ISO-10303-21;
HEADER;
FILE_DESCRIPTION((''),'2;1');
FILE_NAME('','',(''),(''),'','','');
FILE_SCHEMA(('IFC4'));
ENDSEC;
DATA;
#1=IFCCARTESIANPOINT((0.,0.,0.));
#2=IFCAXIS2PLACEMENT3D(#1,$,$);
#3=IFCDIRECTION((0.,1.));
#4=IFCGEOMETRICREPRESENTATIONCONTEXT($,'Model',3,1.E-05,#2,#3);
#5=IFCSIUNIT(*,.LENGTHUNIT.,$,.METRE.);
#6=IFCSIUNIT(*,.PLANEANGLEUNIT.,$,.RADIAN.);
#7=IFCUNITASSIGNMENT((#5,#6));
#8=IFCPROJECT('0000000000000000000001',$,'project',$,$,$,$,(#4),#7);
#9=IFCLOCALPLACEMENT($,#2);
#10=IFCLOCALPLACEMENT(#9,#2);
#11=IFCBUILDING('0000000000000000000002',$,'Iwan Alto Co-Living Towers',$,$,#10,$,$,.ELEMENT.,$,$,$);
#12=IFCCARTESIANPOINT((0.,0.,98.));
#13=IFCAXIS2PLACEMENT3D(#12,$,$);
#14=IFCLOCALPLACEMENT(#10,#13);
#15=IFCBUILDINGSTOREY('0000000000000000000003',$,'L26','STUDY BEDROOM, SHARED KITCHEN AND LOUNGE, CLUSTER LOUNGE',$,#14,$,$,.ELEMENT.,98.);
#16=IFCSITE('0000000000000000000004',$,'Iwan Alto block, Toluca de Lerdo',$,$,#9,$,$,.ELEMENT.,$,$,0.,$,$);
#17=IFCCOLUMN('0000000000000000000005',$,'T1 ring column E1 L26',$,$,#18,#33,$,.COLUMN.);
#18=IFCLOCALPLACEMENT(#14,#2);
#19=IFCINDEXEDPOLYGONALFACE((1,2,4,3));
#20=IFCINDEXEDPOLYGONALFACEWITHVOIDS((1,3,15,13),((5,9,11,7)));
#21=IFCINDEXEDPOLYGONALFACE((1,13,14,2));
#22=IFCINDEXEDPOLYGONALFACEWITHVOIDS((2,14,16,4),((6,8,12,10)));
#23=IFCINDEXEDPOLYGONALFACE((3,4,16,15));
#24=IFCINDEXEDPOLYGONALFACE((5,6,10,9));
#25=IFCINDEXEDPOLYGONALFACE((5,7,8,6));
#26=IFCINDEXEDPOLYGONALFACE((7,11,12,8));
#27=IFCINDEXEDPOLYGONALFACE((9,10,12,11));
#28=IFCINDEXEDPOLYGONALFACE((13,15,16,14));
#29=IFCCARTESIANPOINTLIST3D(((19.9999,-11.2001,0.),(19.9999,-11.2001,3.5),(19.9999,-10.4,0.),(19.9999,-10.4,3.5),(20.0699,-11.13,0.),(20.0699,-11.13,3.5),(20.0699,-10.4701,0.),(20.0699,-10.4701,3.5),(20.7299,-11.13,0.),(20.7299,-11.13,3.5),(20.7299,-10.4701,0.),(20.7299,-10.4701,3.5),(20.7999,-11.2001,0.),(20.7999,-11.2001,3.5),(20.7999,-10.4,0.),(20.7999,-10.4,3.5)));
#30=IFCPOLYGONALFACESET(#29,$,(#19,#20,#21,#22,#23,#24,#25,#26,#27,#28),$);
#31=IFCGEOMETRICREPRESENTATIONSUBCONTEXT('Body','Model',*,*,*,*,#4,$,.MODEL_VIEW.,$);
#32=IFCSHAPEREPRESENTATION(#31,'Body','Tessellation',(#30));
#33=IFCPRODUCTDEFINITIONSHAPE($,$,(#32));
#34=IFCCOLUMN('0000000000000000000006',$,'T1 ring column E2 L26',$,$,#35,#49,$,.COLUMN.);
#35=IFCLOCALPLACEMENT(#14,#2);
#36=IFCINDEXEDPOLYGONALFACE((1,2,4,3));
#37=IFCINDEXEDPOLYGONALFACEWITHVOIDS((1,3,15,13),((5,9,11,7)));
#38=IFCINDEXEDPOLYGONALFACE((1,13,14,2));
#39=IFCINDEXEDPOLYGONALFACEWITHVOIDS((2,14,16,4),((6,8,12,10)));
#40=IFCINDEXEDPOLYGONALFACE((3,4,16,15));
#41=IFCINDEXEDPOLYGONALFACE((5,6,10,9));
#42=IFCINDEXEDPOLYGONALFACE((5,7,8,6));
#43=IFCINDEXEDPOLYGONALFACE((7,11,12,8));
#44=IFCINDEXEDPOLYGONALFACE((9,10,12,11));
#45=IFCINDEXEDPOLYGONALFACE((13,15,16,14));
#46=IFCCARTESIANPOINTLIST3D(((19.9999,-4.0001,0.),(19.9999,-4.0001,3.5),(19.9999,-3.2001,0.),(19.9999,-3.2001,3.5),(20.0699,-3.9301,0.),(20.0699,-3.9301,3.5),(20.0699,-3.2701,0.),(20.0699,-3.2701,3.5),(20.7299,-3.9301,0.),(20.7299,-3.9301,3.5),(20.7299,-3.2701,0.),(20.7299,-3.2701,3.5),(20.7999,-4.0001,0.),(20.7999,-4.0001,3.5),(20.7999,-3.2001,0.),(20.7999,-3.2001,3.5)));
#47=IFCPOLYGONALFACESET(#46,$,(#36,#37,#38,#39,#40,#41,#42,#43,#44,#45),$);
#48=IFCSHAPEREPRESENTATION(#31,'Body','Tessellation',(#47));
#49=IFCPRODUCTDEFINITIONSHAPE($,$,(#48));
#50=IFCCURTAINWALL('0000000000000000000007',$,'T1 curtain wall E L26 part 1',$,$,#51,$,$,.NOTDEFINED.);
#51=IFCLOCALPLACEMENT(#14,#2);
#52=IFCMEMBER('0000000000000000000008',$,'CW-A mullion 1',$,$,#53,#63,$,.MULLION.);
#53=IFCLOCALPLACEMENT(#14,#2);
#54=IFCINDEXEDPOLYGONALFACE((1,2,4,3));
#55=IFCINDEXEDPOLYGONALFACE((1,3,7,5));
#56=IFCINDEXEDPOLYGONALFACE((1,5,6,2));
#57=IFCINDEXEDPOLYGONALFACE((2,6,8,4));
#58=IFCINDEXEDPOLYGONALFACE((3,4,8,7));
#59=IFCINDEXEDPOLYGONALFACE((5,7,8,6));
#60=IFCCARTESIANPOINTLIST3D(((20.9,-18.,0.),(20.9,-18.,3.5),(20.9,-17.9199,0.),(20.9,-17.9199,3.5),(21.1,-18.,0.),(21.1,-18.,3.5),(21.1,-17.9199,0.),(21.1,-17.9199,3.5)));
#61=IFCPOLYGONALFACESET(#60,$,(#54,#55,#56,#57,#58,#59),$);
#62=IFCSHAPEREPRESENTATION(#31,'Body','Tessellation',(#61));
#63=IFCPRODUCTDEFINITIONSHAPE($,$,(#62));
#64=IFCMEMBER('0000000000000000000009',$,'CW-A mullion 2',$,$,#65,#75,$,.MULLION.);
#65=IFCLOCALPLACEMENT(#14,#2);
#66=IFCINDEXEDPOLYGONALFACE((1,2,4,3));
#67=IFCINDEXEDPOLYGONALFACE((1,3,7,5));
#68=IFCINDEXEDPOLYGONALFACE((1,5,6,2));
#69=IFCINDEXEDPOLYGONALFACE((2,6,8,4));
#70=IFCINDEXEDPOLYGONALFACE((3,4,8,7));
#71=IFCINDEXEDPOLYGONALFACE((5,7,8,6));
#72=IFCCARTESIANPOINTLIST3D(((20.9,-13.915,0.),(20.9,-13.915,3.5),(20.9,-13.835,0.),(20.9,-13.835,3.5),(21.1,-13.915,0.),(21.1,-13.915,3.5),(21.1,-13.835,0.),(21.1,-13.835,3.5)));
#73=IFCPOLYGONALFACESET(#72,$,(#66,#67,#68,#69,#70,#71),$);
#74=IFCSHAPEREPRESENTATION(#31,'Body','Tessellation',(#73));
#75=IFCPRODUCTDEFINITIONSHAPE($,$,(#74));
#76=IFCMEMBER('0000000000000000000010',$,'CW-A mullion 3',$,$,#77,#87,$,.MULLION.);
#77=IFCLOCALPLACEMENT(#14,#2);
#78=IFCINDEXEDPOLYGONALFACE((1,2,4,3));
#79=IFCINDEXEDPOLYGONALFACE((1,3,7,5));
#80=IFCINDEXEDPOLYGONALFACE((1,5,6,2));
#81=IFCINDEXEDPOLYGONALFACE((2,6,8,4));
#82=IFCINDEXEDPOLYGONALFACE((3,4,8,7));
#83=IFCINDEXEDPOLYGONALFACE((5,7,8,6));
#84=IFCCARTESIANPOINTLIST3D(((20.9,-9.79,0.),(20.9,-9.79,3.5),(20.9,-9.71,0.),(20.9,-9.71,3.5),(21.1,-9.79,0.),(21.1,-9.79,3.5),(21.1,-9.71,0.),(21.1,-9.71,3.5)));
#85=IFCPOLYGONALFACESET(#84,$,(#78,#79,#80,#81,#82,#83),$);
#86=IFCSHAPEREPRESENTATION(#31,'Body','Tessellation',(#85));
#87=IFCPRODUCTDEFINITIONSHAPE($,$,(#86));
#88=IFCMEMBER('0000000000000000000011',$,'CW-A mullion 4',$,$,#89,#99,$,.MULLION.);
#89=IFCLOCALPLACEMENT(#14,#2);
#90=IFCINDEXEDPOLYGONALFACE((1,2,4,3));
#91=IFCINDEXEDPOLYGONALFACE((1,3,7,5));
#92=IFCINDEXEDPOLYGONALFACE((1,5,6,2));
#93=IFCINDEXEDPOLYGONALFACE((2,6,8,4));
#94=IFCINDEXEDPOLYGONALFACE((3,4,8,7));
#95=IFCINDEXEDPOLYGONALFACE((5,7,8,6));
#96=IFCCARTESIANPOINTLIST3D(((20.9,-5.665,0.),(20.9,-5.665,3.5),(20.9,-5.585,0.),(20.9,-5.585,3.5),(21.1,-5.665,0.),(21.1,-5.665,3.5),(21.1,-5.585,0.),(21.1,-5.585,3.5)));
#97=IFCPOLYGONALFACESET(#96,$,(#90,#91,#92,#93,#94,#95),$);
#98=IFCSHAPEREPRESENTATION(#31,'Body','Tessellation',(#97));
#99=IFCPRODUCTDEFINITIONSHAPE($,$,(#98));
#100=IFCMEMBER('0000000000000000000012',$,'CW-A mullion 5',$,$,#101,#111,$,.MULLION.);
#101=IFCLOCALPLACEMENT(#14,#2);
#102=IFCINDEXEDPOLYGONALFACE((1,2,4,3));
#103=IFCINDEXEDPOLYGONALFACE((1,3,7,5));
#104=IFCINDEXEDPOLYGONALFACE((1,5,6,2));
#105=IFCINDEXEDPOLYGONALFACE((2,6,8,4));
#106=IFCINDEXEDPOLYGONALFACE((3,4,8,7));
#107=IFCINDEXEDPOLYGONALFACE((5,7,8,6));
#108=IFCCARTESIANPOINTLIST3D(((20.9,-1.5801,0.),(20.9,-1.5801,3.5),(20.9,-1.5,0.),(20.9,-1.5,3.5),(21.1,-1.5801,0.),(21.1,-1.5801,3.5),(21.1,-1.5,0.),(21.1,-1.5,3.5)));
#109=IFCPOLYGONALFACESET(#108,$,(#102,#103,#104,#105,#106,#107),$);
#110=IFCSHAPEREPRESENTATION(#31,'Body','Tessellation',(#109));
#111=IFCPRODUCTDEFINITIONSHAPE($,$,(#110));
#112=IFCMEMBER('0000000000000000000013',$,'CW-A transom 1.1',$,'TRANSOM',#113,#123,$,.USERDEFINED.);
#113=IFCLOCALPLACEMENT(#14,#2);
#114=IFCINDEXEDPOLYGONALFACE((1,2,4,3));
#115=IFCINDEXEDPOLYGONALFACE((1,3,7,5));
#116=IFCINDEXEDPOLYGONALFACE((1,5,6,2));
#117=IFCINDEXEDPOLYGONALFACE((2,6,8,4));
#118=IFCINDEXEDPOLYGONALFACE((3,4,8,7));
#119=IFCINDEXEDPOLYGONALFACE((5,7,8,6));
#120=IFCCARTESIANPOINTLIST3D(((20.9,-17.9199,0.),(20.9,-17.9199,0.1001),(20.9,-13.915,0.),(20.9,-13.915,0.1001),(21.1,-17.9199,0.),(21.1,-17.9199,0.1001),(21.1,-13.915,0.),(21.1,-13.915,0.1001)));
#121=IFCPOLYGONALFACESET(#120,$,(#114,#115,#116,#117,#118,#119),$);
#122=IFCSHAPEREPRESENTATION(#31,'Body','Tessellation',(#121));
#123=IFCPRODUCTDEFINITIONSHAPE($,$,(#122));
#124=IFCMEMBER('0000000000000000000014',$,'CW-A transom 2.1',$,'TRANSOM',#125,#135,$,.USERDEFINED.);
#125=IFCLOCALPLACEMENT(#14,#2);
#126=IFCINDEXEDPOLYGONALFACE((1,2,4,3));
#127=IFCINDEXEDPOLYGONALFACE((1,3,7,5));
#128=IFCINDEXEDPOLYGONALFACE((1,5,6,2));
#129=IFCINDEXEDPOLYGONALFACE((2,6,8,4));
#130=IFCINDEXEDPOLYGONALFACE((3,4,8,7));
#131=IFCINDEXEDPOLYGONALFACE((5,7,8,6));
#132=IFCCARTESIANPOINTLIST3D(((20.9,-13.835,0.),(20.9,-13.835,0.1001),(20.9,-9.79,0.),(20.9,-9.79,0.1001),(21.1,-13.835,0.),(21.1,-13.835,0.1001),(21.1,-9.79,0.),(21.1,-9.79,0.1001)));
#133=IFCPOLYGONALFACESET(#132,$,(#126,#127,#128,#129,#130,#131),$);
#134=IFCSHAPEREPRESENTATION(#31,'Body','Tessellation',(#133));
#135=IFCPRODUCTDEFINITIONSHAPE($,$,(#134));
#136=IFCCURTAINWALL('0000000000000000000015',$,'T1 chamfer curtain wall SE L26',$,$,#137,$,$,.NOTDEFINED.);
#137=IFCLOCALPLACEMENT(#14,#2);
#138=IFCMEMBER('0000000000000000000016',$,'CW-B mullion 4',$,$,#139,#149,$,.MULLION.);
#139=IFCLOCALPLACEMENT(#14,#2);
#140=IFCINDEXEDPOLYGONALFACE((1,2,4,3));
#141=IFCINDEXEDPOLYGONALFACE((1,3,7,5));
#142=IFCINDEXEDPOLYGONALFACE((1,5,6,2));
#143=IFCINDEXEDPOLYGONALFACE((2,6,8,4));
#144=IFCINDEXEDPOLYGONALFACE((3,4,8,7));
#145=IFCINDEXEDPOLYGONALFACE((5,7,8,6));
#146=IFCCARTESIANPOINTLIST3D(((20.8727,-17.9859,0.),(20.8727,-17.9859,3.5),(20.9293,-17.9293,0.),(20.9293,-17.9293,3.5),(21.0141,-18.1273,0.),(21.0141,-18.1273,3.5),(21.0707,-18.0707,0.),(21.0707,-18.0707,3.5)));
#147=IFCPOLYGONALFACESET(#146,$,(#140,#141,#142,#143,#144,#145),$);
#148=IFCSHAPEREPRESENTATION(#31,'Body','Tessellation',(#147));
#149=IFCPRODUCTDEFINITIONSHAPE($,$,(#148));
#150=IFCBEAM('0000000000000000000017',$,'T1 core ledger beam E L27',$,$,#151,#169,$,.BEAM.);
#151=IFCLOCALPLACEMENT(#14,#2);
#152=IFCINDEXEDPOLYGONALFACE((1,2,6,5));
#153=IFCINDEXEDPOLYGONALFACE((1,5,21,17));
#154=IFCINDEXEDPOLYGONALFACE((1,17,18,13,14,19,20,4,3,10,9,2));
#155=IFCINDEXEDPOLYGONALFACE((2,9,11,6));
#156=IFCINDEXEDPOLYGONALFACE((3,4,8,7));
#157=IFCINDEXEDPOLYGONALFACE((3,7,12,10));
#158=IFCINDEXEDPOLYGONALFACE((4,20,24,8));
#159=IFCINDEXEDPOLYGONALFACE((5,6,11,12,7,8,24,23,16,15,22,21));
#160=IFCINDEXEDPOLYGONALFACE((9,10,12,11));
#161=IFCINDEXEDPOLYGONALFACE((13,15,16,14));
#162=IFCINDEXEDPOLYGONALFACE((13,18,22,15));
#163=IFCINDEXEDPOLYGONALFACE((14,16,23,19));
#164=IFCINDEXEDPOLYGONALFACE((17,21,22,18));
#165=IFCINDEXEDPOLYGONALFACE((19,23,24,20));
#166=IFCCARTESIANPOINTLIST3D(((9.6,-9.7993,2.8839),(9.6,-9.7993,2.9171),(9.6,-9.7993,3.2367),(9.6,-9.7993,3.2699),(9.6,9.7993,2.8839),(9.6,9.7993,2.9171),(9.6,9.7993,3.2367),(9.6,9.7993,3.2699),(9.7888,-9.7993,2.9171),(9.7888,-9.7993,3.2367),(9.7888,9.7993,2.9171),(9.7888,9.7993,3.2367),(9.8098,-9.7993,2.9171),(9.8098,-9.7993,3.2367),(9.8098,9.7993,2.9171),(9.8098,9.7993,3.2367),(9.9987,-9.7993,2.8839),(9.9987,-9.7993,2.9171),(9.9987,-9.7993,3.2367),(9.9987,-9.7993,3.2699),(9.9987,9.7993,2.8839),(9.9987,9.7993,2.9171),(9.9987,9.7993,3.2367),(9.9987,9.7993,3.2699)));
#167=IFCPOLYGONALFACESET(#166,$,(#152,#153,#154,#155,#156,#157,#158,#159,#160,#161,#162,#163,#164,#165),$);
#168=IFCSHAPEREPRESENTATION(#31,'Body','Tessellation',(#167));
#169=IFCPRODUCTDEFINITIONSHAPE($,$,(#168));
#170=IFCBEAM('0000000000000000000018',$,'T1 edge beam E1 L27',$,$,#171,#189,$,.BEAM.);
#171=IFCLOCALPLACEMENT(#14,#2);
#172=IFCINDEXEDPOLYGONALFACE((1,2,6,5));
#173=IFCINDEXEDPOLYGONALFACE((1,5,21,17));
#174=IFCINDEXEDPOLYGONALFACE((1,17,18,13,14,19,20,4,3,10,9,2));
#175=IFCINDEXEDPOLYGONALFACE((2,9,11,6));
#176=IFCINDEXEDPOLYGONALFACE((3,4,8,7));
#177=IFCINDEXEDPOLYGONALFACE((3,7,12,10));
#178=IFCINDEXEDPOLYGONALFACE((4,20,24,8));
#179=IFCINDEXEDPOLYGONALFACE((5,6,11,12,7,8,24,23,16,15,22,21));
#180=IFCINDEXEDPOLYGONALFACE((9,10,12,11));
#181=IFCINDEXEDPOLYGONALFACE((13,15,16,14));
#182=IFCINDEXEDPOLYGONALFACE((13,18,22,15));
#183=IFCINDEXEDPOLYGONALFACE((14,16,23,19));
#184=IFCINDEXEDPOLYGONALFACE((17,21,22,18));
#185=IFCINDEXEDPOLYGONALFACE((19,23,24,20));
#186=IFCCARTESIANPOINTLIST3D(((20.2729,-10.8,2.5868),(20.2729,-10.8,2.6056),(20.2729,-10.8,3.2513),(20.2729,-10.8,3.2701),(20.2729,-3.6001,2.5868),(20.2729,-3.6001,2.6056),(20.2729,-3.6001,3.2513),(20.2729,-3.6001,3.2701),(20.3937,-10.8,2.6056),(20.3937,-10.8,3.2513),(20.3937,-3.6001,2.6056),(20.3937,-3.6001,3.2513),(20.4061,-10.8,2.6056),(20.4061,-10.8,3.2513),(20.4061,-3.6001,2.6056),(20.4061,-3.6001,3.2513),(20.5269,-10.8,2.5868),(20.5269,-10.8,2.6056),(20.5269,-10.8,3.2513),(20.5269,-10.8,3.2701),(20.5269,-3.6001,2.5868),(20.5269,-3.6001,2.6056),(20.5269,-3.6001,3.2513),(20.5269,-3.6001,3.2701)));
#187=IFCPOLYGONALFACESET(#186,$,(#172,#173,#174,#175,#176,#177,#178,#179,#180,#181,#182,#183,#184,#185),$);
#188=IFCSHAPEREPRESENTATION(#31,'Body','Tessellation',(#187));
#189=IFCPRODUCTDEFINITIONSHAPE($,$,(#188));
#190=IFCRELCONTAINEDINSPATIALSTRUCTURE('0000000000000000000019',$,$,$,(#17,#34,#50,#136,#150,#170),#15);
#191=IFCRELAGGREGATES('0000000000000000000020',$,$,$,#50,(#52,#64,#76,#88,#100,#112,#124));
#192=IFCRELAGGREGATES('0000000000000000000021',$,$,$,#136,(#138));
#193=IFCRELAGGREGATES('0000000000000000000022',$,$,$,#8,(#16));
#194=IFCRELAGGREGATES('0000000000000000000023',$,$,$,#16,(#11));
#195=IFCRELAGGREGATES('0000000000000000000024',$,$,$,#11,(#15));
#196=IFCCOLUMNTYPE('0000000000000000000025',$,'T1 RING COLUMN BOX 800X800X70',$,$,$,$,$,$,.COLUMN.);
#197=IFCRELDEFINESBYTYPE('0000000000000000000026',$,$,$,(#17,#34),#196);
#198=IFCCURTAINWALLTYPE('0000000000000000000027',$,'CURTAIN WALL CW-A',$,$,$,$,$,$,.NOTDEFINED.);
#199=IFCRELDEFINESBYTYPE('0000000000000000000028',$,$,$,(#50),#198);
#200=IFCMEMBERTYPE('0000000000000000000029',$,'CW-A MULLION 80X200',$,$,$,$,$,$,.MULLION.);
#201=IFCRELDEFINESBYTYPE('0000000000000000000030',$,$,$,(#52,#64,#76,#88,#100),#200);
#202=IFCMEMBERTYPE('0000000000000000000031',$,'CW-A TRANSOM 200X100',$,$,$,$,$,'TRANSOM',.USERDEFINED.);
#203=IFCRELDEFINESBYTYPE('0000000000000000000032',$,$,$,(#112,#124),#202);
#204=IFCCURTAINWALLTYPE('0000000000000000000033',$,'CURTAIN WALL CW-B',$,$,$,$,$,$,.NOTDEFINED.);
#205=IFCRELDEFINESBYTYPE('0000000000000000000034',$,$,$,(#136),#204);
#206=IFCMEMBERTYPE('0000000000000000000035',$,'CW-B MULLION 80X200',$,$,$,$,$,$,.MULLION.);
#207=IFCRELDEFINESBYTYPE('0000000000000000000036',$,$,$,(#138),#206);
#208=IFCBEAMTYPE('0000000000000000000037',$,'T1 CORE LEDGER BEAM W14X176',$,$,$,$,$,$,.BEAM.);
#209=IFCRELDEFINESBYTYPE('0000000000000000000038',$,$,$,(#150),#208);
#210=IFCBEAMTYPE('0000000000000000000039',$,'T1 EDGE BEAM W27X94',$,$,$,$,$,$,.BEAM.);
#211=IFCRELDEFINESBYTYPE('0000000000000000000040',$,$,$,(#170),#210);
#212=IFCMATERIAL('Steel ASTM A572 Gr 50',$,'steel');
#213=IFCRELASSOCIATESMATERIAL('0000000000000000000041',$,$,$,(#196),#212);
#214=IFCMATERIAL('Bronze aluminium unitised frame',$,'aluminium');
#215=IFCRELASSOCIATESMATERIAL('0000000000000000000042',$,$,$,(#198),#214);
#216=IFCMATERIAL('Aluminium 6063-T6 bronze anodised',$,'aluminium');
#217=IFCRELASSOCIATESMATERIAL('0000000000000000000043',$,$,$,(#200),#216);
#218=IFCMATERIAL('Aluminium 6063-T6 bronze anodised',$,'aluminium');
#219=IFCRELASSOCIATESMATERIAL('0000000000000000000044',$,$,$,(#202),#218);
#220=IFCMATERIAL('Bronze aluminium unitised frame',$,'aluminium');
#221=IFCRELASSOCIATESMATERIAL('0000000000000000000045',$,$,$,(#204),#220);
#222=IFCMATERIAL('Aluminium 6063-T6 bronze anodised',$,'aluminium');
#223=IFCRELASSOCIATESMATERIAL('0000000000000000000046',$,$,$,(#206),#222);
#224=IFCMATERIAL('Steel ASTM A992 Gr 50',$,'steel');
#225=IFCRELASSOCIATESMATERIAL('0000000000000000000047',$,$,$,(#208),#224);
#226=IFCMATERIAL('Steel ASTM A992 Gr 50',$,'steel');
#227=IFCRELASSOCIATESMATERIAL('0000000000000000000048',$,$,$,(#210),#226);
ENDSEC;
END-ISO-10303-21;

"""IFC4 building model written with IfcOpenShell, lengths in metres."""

from ifc_helpers import new_model, si_unit, direction, frame, origin, origin_2d, place, context, subcontext, project, spatial, rectangle, hollow_rectangle, i_section, extrude, material, material_profile, profile_set, type_object, element, aggregate, save


model = new_model("IFC4")

# Units and contexts
model_context = context("Model", 3, precision=1e-05, world=origin(), true_north=direction((0.0, 1.0)))
body_context = subcontext(model_context, "Body", "Model", "MODEL_VIEW")
ifc_project = project(units=[si_unit("LENGTHUNIT", "METRE"), si_unit("PLANEANGLEUNIT", "RADIAN")], contexts=[model_context])

# Site, building, storey
site_placement = place(None, origin())
site = spatial("IfcSite", under=ifc_project, at=site_placement, Name="Iwan Alto block, Toluca de Lerdo", CompositionType="ELEMENT", RefElevation=0.0)
building_placement = place(site_placement, origin())
building = spatial("IfcBuilding", under=site, at=building_placement, Name="Iwan Alto Co-Living Towers", CompositionType="ELEMENT")
storey_placement = place(building_placement, frame((0.0, 0.0, 98.0)))
storey = spatial("IfcBuildingStorey", under=building, at=storey_placement, Name="L26", Description="STUDY BEDROOM, SHARED KITCHEN AND LOUNGE, CLUSTER LOUNGE", CompositionType="ELEMENT", Elevation=98.0)

# Columns
ifc_material_1 = material(Name="Steel ASTM A572 Gr 50", Category="steel")
ifc_material_profile_1 = material_profile(ifc_material_1, hollow_rectangle(XDim=0.8, YDim=0.8, WallThickness=0.0701, at=origin_2d()), Name="BOX 800X800X70")
ifc_profile_set_1 = profile_set([ifc_material_profile_1], Name="Steel ASTM A572 Gr 50")
column_type = type_object("IfcColumnType", Name="T1 RING COLUMN BOX 800X800X70", PredefinedType="COLUMN", material=ifc_profile_set_1)
for number, where, z_axis, x_axis, name in (
    (1, (20.3999, -10.8, 0.0), (0.0, 0.0, 1.0), (1.0, 0.0, 0.0), "T1 ring column E1 L26"),
    (2, (20.3999, -3.6001, 0.0), (0.0, 0.0, 1.0), (1.0, 0.0, 0.0), "T1 ring column E2 L26"),
):
    element("IfcColumn", number, at=place(storey_placement, frame(where, z_axis=z_axis, x_axis=x_axis)), inside=storey, type_object=column_type, Name=name, PredefinedType="COLUMN", context=body_context, shape_type="SweptSolid", body=[
        extrude(hollow_rectangle(XDim=0.8, YDim=0.8, WallThickness=0.0701, at=origin_2d()), origin(), (0.0, 0.0, 1.0), 3.5),
    ])

# Curtain wall, members
ifc_material_2 = material(Name="Bronze aluminium unitised frame", Category="aluminium")
curtain_wall_type_1 = type_object("IfcCurtainWallType", Name="CURTAIN WALL CW-A", PredefinedType="NOTDEFINED", material=ifc_material_2)
curtain_wall_1_placement = place(storey_placement, origin())
curtain_wall_1 = element("IfcCurtainWall", 3, at=curtain_wall_1_placement, inside=storey, type_object=curtain_wall_type_1, Name="T1 curtain wall E L26 part 1", PredefinedType="NOTDEFINED")
ifc_material_3 = material(Name="Aluminium 6063-T6 bronze anodised", Category="aluminium")
ifc_material_profile_2 = material_profile(ifc_material_3, rectangle(XDim=0.2, YDim=0.0801, at=origin_2d()), Name="AL 80X200")
ifc_profile_set_2 = profile_set([ifc_material_profile_2], Name="Aluminium 6063-T6 bronze anodised")
member_type_1 = type_object("IfcMemberType", Name="CW-A MULLION 80X200", PredefinedType="MULLION", material=ifc_profile_set_2)
member_1_placement = place(storey_placement, frame((21.0, -17.96, 0.0), z_axis=(0.0, 0.0, 1.0), x_axis=(-1.0, 0.0, 0.0)))
member_1 = element("IfcMember", 4, at=member_1_placement, type_object=member_type_1, Name="CW-A mullion 1", PredefinedType="MULLION", context=body_context, shape_type="SweptSolid", body=[
    extrude(rectangle(XDim=0.2, YDim=0.0801, at=origin_2d()), origin(), (0.0, 0.0, 1.0), 3.5),
])
member_2_placement = place(storey_placement, frame((21.0, -13.875, 0.0), z_axis=(0.0, 0.0, 1.0), x_axis=(-1.0, 0.0, 0.0)))
member_2 = element("IfcMember", 5, at=member_2_placement, type_object=member_type_1, Name="CW-A mullion 2", PredefinedType="MULLION", context=body_context, shape_type="SweptSolid", body=[
    extrude(rectangle(XDim=0.2, YDim=0.0801, at=origin_2d()), origin(), (0.0, 0.0, 1.0), 3.5),
])
member_3_placement = place(storey_placement, frame((21.0, -9.75, 0.0), z_axis=(0.0, 0.0, 1.0), x_axis=(-1.0, 0.0, 0.0)))
member_3 = element("IfcMember", 6, at=member_3_placement, type_object=member_type_1, Name="CW-A mullion 3", PredefinedType="MULLION", context=body_context, shape_type="SweptSolid", body=[
    extrude(rectangle(XDim=0.2, YDim=0.0801, at=origin_2d()), origin(), (0.0, 0.0, 1.0), 3.5),
])
member_4_placement = place(storey_placement, frame((21.0, -5.625, 0.0), z_axis=(0.0, 0.0, 1.0), x_axis=(-1.0, 0.0, 0.0)))
member_4 = element("IfcMember", 7, at=member_4_placement, type_object=member_type_1, Name="CW-A mullion 4", PredefinedType="MULLION", context=body_context, shape_type="SweptSolid", body=[
    extrude(rectangle(XDim=0.2, YDim=0.0801, at=origin_2d()), origin(), (0.0, 0.0, 1.0), 3.5),
])
member_5_placement = place(storey_placement, frame((21.0, -1.54, 0.0), z_axis=(0.0, 0.0, 1.0), x_axis=(-1.0, 0.0, 0.0)))
member_5 = element("IfcMember", 8, at=member_5_placement, type_object=member_type_1, Name="CW-A mullion 5", PredefinedType="MULLION", context=body_context, shape_type="SweptSolid", body=[
    extrude(rectangle(XDim=0.2, YDim=0.0801, at=origin_2d()), origin(), (0.0, 0.0, 1.0), 3.5),
])
ifc_material_4 = material(Name="Aluminium 6063-T6 bronze anodised", Category="aluminium")
ifc_material_profile_3 = material_profile(ifc_material_4, rectangle(XDim=0.2, YDim=0.1001, at=origin_2d()), Name="AL 200X100")
ifc_profile_set_3 = profile_set([ifc_material_profile_3], Name="Aluminium 6063-T6 bronze anodised")
member_type_2 = type_object("IfcMemberType", Name="CW-A TRANSOM 200X100", ElementType="TRANSOM", PredefinedType="USERDEFINED", material=ifc_profile_set_3)
member_6_placement = place(storey_placement, frame((21.0, -17.9199, 0.05), z_axis=(0.0, 1.0, 0.0), x_axis=(-1.0, 0.0, 0.0)))
member_6 = element("IfcMember", 9, at=member_6_placement, type_object=member_type_2, Name="CW-A transom 1.1", ObjectType="TRANSOM", PredefinedType="USERDEFINED", context=body_context, shape_type="SweptSolid", body=[
    extrude(rectangle(XDim=0.2, YDim=0.1001, at=origin_2d()), origin(), (0.0, 0.0, 1.0), 4.0049),
])
member_7_placement = place(storey_placement, frame((21.0, -13.835, 0.05), z_axis=(0.0, 1.0, 0.0), x_axis=(-1.0, 0.0, 0.0)))
member_7 = element("IfcMember", 10, at=member_7_placement, type_object=member_type_2, Name="CW-A transom 2.1", ObjectType="TRANSOM", PredefinedType="USERDEFINED", context=body_context, shape_type="SweptSolid", body=[
    extrude(rectangle(XDim=0.2, YDim=0.1001, at=origin_2d()), origin(), (0.0, 0.0, 1.0), 4.0449),
])

# Curtain wall, member
ifc_material_5 = material(Name="Bronze aluminium unitised frame", Category="aluminium")
curtain_wall_type_2 = type_object("IfcCurtainWallType", Name="CURTAIN WALL CW-B", PredefinedType="NOTDEFINED", material=ifc_material_5)
curtain_wall_2_placement = place(storey_placement, origin())
curtain_wall_2 = element("IfcCurtainWall", 11, at=curtain_wall_2_placement, inside=storey, type_object=curtain_wall_type_2, Name="T1 chamfer curtain wall SE L26", PredefinedType="NOTDEFINED")
ifc_material_6 = material(Name="Aluminium 6063-T6 bronze anodised", Category="aluminium")
ifc_material_profile_4 = material_profile(ifc_material_6, rectangle(XDim=0.2, YDim=0.0801, at=origin_2d()), Name="AL 80X200")
ifc_profile_set_4 = profile_set([ifc_material_profile_4], Name="Aluminium 6063-T6 bronze anodised")
member_type_3 = type_object("IfcMemberType", Name="CW-B MULLION 80X200", PredefinedType="MULLION", material=ifc_profile_set_4)
member_8_placement = place(storey_placement, frame((20.9717, -18.0283, 0.0), z_axis=(0.0, 0.0, 1.0), x_axis=(-0.707107, 0.707107, 0.0)))
member_8 = element("IfcMember", 12, at=member_8_placement, type_object=member_type_3, Name="CW-B mullion 4", PredefinedType="MULLION", context=body_context, shape_type="SweptSolid", body=[
    extrude(rectangle(XDim=0.2, YDim=0.0801, at=origin_2d()), origin(), (0.0, 0.0, 1.0), 3.5),
])

# Beams
ifc_material_7 = material(Name="Steel ASTM A992 Gr 50", Category="steel")
ifc_material_profile_5 = material_profile(ifc_material_7, i_section(OverallWidth=0.3987, OverallDepth=0.386, WebThickness=0.021, FlangeThickness=0.0332, at=origin_2d()), Name="W14X176")
ifc_profile_set_5 = profile_set([ifc_material_profile_5], Name="Steel ASTM A992 Gr 50")
beam_type_1 = type_object("IfcBeamType", Name="T1 CORE LEDGER BEAM W14X176", PredefinedType="BEAM", material=ifc_profile_set_5)
beam_1_placement = place(storey_placement, frame((9.7993, -9.7993, 3.0769), z_axis=(0.0, 1.0, 0.0), x_axis=(-1.0, 0.0, 0.0)))
element("IfcBeam", 13, at=beam_1_placement, inside=storey, type_object=beam_type_1, Name="T1 core ledger beam E L27", PredefinedType="BEAM", context=body_context, shape_type="SweptSolid", body=[
    extrude(i_section(OverallWidth=0.3987, OverallDepth=0.386, WebThickness=0.021, FlangeThickness=0.0332, at=origin_2d()), origin(), (0.0, 0.0, 1.0), 19.5986),
])
ifc_material_8 = material(Name="Steel ASTM A992 Gr 50", Category="steel")
ifc_material_profile_6 = material_profile(ifc_material_8, i_section(OverallWidth=0.2539, OverallDepth=0.6833, WebThickness=0.0125, FlangeThickness=0.0188, at=origin_2d()), Name="W27X94")
ifc_profile_set_6 = profile_set([ifc_material_profile_6], Name="Steel ASTM A992 Gr 50")
beam_type_2 = type_object("IfcBeamType", Name="T1 EDGE BEAM W27X94", PredefinedType="BEAM", material=ifc_profile_set_6)
beam_2_placement = place(storey_placement, frame((20.3999, -10.8, 2.9285), z_axis=(0.0, 1.0, 0.0), x_axis=(-1.0, 0.0, 0.0)))
element("IfcBeam", 14, at=beam_2_placement, inside=storey, type_object=beam_type_2, Name="T1 edge beam E1 L27", PredefinedType="BEAM", context=body_context, shape_type="SweptSolid", body=[
    extrude(i_section(OverallWidth=0.2539, OverallDepth=0.6833, WebThickness=0.0125, FlangeThickness=0.0188, at=origin_2d()), origin(), (0.0, 0.0, 1.0), 7.2),
])

aggregate(curtain_wall_1, [member_1, member_2, member_3, member_4, member_5, member_6, member_7])
aggregate(curtain_wall_2, [member_8])

save(model, "model.ifc")
